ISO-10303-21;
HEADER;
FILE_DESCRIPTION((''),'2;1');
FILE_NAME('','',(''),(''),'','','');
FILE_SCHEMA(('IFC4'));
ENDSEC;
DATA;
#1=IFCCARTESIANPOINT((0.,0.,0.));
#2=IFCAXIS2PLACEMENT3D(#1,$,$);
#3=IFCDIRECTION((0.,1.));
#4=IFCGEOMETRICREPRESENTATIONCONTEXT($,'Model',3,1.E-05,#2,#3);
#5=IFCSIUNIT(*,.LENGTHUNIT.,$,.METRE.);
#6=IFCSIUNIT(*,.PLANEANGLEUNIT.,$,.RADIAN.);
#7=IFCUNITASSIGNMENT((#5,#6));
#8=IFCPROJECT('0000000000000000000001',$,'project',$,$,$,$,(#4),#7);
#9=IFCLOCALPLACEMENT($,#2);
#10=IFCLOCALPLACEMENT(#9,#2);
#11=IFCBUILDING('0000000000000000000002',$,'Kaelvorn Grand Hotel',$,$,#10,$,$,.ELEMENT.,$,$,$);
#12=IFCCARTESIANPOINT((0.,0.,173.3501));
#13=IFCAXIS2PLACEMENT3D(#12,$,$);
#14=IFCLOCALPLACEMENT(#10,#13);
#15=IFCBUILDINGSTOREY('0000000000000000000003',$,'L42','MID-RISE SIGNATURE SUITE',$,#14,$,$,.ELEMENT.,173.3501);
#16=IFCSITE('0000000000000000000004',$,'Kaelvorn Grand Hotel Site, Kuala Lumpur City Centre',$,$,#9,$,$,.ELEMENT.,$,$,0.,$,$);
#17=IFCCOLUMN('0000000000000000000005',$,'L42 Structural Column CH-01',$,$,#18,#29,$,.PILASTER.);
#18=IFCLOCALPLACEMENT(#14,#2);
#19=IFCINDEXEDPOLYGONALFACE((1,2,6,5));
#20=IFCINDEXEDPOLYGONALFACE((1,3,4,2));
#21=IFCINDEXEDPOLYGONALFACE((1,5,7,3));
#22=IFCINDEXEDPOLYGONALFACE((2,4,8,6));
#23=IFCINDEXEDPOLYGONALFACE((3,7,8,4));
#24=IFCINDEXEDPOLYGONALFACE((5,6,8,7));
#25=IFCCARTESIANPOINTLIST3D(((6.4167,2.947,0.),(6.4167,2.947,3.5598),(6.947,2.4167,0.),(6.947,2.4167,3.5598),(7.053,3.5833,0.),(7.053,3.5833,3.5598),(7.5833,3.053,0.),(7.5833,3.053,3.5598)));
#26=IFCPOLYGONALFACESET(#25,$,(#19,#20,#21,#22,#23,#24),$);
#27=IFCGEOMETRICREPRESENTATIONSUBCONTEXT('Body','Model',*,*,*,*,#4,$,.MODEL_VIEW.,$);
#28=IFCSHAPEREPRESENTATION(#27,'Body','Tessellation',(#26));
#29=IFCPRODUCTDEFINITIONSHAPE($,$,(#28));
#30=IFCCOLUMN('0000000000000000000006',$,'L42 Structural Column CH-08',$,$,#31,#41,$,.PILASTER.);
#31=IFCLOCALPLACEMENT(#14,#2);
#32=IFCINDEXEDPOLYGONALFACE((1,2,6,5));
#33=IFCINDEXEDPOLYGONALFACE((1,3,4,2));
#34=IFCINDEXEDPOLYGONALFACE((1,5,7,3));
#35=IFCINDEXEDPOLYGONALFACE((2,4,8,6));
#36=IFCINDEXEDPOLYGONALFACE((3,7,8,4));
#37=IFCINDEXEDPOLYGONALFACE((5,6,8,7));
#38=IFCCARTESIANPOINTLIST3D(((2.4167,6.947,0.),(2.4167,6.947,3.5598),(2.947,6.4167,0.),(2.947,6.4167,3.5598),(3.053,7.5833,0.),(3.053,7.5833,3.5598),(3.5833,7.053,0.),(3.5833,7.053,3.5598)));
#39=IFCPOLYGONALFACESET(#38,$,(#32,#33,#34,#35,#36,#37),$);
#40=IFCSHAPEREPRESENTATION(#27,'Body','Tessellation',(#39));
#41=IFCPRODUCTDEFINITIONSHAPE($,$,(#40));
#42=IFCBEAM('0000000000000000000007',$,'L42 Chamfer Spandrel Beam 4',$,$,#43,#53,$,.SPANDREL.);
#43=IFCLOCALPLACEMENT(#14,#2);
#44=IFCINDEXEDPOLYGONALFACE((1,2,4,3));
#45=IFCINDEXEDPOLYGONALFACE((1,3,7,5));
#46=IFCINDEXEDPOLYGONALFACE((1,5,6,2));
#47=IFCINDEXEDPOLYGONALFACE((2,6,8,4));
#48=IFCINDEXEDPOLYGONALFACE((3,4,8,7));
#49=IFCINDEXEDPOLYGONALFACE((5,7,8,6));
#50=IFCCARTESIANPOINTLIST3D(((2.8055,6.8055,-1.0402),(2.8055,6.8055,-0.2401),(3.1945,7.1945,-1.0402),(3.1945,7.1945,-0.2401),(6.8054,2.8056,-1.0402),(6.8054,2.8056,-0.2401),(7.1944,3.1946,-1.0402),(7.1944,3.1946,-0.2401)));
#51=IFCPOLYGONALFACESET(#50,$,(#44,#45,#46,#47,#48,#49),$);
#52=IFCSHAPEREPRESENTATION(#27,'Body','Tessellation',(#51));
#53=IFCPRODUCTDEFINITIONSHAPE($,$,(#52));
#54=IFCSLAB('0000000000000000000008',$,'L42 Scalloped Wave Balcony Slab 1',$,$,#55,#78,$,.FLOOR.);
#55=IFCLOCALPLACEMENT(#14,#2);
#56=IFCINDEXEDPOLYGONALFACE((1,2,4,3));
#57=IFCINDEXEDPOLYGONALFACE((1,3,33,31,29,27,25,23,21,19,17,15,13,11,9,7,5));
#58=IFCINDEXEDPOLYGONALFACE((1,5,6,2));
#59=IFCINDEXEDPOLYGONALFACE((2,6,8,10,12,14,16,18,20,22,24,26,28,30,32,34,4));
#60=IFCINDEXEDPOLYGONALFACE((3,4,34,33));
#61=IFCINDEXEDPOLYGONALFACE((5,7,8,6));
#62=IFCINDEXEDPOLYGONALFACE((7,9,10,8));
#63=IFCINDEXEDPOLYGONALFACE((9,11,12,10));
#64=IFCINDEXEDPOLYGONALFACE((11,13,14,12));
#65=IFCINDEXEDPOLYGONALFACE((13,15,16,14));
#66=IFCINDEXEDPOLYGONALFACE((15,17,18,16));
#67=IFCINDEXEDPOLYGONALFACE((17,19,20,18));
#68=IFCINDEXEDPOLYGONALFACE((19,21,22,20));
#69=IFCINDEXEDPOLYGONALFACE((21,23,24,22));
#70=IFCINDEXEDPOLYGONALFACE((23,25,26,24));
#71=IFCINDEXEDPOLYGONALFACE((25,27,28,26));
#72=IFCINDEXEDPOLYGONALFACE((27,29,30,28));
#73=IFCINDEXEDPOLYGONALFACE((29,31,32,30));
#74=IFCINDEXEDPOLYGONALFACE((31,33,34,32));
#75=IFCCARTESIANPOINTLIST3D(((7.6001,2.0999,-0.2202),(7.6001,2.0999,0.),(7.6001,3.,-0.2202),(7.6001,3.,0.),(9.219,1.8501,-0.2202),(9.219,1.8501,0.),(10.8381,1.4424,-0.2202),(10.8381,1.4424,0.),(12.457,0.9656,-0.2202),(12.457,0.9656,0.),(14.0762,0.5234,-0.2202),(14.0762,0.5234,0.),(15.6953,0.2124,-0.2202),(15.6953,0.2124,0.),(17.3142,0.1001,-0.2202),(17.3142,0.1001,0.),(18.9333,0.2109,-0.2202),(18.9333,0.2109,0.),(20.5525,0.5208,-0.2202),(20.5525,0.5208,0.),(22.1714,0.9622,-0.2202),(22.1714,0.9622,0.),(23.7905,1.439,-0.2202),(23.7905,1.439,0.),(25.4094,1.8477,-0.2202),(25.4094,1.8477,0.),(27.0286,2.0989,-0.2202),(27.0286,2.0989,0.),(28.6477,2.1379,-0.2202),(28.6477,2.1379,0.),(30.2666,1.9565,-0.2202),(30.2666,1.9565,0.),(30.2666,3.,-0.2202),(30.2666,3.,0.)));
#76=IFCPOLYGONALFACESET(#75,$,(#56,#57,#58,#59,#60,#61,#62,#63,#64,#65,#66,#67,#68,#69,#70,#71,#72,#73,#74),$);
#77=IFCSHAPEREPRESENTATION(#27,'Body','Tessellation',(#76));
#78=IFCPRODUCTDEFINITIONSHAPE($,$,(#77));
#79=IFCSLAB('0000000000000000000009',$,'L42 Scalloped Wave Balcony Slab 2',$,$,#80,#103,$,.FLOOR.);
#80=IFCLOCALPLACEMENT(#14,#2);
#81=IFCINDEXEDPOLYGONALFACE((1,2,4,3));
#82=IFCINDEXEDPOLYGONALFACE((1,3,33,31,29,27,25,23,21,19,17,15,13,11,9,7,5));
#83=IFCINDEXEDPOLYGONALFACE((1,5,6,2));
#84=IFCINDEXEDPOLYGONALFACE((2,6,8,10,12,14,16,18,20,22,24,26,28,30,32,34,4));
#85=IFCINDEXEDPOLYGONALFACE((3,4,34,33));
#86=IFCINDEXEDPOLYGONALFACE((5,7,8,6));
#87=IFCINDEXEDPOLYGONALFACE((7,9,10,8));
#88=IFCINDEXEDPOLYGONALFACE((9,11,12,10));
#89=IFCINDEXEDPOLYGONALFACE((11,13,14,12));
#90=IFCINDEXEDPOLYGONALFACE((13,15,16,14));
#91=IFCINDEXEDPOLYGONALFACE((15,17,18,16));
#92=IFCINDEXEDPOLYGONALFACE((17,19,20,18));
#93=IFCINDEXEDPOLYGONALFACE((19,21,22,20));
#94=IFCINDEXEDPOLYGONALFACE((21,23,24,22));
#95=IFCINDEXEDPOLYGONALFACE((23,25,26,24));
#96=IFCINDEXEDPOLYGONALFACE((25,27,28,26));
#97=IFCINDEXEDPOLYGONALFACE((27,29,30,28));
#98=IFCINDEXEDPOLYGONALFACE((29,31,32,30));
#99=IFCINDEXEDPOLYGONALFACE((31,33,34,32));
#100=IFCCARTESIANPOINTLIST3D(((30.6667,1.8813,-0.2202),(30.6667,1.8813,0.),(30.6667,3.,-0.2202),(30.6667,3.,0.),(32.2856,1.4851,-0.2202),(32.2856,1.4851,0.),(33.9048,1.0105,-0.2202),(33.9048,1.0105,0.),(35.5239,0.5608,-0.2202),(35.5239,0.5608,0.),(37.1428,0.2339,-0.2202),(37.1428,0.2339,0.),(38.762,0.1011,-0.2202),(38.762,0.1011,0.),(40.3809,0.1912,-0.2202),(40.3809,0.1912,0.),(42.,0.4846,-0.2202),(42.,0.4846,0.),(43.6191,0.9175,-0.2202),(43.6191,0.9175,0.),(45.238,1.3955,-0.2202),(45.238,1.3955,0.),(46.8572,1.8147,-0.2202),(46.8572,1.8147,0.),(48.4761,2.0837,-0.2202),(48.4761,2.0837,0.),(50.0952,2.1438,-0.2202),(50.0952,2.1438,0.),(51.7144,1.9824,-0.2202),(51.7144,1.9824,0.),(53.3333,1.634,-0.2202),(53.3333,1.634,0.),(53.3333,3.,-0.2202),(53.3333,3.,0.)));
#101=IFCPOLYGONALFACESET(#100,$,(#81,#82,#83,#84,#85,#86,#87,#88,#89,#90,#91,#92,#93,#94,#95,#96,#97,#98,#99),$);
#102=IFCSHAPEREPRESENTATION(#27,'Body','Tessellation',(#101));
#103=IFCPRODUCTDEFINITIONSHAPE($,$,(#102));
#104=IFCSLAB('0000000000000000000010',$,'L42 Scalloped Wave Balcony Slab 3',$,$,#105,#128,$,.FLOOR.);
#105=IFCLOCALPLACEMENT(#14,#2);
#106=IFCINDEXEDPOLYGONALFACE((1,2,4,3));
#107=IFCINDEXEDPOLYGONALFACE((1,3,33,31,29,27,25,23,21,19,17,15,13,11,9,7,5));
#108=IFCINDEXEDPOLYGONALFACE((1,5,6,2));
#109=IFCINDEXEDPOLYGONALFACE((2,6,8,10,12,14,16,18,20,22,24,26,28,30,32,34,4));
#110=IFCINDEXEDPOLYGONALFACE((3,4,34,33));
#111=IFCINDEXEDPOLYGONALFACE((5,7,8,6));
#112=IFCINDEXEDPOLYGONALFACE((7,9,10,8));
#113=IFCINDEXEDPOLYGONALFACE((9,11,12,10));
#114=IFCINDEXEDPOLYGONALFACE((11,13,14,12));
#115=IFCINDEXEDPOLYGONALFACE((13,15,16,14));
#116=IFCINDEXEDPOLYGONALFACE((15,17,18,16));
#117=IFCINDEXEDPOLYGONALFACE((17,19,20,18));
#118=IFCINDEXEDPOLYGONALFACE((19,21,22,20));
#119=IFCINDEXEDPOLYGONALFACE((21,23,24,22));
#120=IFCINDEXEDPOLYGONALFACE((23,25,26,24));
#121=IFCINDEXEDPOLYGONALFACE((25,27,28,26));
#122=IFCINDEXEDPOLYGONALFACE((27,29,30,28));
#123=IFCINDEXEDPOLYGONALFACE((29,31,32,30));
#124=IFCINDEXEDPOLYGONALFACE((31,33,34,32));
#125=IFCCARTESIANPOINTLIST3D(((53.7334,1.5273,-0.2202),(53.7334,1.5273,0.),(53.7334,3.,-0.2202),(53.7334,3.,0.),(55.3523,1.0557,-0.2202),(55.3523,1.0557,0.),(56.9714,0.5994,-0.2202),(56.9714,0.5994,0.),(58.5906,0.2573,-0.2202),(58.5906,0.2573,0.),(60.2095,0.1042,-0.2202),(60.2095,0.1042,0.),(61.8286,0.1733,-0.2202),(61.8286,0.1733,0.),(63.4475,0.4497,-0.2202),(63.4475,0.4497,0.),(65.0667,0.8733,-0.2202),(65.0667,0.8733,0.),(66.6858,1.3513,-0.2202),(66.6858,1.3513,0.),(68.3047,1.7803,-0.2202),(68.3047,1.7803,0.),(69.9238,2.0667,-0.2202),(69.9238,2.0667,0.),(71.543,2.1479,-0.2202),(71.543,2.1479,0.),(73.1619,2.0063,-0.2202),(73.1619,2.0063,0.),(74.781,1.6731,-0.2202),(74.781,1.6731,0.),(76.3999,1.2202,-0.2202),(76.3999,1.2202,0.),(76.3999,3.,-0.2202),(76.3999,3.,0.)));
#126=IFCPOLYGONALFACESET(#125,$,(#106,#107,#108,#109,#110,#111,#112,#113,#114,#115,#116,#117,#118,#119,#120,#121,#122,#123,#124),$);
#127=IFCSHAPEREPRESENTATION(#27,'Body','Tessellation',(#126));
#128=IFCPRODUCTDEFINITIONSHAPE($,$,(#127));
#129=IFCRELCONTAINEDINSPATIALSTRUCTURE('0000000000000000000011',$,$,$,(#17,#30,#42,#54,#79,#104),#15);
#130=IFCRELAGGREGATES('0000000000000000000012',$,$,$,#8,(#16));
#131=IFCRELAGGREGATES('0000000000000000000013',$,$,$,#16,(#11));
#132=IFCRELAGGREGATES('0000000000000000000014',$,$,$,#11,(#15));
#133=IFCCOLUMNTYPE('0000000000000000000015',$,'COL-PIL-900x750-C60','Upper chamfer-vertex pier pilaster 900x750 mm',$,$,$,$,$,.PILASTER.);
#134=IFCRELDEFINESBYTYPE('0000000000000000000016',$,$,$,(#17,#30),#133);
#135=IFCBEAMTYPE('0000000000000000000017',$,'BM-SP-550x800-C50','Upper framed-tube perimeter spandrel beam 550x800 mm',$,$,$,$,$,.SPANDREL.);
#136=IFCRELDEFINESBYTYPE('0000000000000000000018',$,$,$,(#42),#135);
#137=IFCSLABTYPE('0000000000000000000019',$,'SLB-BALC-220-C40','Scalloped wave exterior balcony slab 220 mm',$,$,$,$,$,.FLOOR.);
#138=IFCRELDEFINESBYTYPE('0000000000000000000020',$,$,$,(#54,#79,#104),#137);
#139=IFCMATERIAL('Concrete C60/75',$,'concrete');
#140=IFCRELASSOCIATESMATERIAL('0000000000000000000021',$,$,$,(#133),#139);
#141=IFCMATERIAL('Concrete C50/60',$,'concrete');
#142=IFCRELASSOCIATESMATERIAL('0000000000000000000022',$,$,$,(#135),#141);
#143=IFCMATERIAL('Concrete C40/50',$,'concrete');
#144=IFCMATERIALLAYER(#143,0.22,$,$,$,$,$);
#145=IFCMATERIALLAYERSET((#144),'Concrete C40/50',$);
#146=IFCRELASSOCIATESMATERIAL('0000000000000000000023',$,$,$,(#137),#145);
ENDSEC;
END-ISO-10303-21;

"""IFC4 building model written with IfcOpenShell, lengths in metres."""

from ifc_helpers import new_model, si_unit, direction, frame, origin, origin_2d, place, context, subcontext, project, spatial, polyline, rectangle, outline, extrude, material, layer, layer_set, material_profile, profile_set, type_object, element, save


model = new_model("IFC4")

# Units and contexts
model_context = context("Model", 3, precision=1e-05, world=origin(), true_north=direction((0.0, 1.0)))
body_context = subcontext(model_context, "Body", "Model", "MODEL_VIEW")
ifc_project = project(units=[si_unit("LENGTHUNIT", "METRE"), si_unit("PLANEANGLEUNIT", "RADIAN")], contexts=[model_context])

# Site, building, storey
site_placement = place(None, origin())
site = spatial("IfcSite", under=ifc_project, at=site_placement, Name="Kaelvorn Grand Hotel Site, Kuala Lumpur City Centre", CompositionType="ELEMENT", RefElevation=0.0)
building_placement = place(site_placement, origin())
building = spatial("IfcBuilding", under=site, at=building_placement, Name="Kaelvorn Grand Hotel", CompositionType="ELEMENT")
storey_placement = place(building_placement, frame((0.0, 0.0, 173.3501)))
storey = spatial("IfcBuildingStorey", under=building, at=storey_placement, Name="L42", Description="MID-RISE SIGNATURE SUITE", CompositionType="ELEMENT", Elevation=173.3501)

# Columns
ifc_material_1 = material(Name="Concrete C60/75", Category="concrete")
ifc_material_profile_1 = material_profile(ifc_material_1, rectangle(XDim=0.8999, YDim=0.75, at=origin_2d()), Name="RC PILASTER 900x750")
ifc_profile_set_1 = profile_set([ifc_material_profile_1], Name="Concrete C60/75")
column_type = type_object("IfcColumnType", Name="COL-PIL-900x750-C60", Description="Upper chamfer-vertex pier pilaster 900x750 mm", PredefinedType="PILASTER", material=ifc_profile_set_1)
for number, where, z_axis, x_axis, name in (
    (1, (7.0, 3.0, 0.0), (0.0, 0.0, 1.0), (0.707107, 0.707107, 0.0), "L42 Structural Column CH-01"),
    (2, (3.0, 7.0, 0.0), (0.0, 0.0, 1.0), (0.707107, 0.707107, 0.0), "L42 Structural Column CH-08"),
):
    element("IfcColumn", number, at=place(storey_placement, frame(where, z_axis=z_axis, x_axis=x_axis)), inside=storey, type_object=column_type, Name=name, PredefinedType="PILASTER", context=body_context, shape_type="SweptSolid", body=[
        extrude(rectangle(XDim=0.8999, YDim=0.75, at=origin_2d()), origin(), (0.0, 0.0, 1.0), 3.5598),
    ])

# Beam
ifc_material_2 = material(Name="Concrete C50/60", Category="concrete")
ifc_material_profile_2 = material_profile(ifc_material_2, rectangle(XDim=0.55, YDim=0.8, at=origin_2d()), Name="RC SPANDREL 550x800")
ifc_profile_set_2 = profile_set([ifc_material_profile_2], Name="Concrete C50/60")
beam_type = type_object("IfcBeamType", Name="BM-SP-550x800-C50", Description="Upper framed-tube perimeter spandrel beam 550x800 mm", PredefinedType="SPANDREL", material=ifc_profile_set_2)
beam_placement = place(storey_placement, frame((3.0, 7.0, -0.6401), z_axis=(0.707107, -0.707107, 0.0), x_axis=(0.707107, 0.707107, 0.0)))
element("IfcBeam", 3, at=beam_placement, inside=storey, type_object=beam_type, Name="L42 Chamfer Spandrel Beam 4", PredefinedType="SPANDREL", context=body_context, shape_type="SweptSolid", body=[
    extrude(rectangle(XDim=0.55, YDim=0.8, at=origin_2d()), origin(), (0.0, 0.0, 1.0), 5.6567),
])

# Slabs
ifc_material_3 = material(Name="Concrete C40/50", Category="concrete")
ifc_layer_1 = layer(ifc_material_3, 0.22)
ifc_layer_set_1 = layer_set([ifc_layer_1], Name="Concrete C40/50")
slab_type_1 = type_object("IfcSlabType", Name="SLB-BALC-220-C40", Description="Scalloped wave exterior balcony slab 220 mm", PredefinedType="FLOOR", material=ifc_layer_set_1)
slab_1_placement = place(storey_placement, frame((0.0, 0.0, -0.2202)))
element("IfcSlab", 4, at=slab_1_placement, inside=storey, type_object=slab_type_1, Name="L42 Scalloped Wave Balcony Slab 1", PredefinedType="FLOOR", context=body_context, shape_type="SweptSolid", body=[
    extrude(outline(polyline([(7.6001, 2.0999), (9.219, 1.8501), (10.8381, 1.4424), (12.457, 0.9656), (14.0762, 0.5234), (15.6953, 0.2124), (17.3142, 0.1001), (18.9333, 0.2109), (20.5525, 0.5208), (22.1714, 0.9622), (23.7905, 1.439), (25.4094, 1.8477), (27.0286, 2.0989), (28.6477, 2.1379), (30.2666, 1.9565), (30.2666, 3.0), (7.6001, 3.0), (7.6001, 2.0999)])), origin(), (0.0, 0.0, 1.0), 0.2202),
])
slab_2_placement = place(storey_placement, frame((0.0, 0.0, -0.2202)))
element("IfcSlab", 5, at=slab_2_placement, inside=storey, type_object=slab_type_1, Name="L42 Scalloped Wave Balcony Slab 2", PredefinedType="FLOOR", context=body_context, shape_type="SweptSolid", body=[
    extrude(outline(polyline([(30.6667, 1.8813), (32.2856, 1.4851), (33.9048, 1.0105), (35.5239, 0.5608), (37.1428, 0.2339), (38.762, 0.1011), (40.3809, 0.1912), (42.0, 0.4846), (43.6191, 0.9175), (45.238, 1.3955), (46.8572, 1.8147), (48.4761, 2.0837), (50.0952, 2.1438), (51.7144, 1.9824), (53.3333, 1.634), (53.3333, 3.0), (30.6667, 3.0), (30.6667, 1.8813)])), origin(), (0.0, 0.0, 1.0), 0.2202),
])
slab_3_placement = place(storey_placement, frame((0.0, 0.0, -0.2202)))
element("IfcSlab", 6, at=slab_3_placement, inside=storey, type_object=slab_type_1, Name="L42 Scalloped Wave Balcony Slab 3", PredefinedType="FLOOR", context=body_context, shape_type="SweptSolid", body=[
    extrude(outline(polyline([(53.7334, 1.5273), (55.3523, 1.0557), (56.9714, 0.5994), (58.5906, 0.2573), (60.2095, 0.1042), (61.8286, 0.1733), (63.4475, 0.4497), (65.0667, 0.8733), (66.6858, 1.3513), (68.3047, 1.7803), (69.9238, 2.0667), (71.543, 2.1479), (73.1619, 2.0063), (74.781, 1.6731), (76.3999, 1.2202), (76.3999, 3.0), (53.7334, 3.0), (53.7334, 1.5273)])), origin(), (0.0, 0.0, 1.0), 0.2202),
])

save(model, "model.ifc")
